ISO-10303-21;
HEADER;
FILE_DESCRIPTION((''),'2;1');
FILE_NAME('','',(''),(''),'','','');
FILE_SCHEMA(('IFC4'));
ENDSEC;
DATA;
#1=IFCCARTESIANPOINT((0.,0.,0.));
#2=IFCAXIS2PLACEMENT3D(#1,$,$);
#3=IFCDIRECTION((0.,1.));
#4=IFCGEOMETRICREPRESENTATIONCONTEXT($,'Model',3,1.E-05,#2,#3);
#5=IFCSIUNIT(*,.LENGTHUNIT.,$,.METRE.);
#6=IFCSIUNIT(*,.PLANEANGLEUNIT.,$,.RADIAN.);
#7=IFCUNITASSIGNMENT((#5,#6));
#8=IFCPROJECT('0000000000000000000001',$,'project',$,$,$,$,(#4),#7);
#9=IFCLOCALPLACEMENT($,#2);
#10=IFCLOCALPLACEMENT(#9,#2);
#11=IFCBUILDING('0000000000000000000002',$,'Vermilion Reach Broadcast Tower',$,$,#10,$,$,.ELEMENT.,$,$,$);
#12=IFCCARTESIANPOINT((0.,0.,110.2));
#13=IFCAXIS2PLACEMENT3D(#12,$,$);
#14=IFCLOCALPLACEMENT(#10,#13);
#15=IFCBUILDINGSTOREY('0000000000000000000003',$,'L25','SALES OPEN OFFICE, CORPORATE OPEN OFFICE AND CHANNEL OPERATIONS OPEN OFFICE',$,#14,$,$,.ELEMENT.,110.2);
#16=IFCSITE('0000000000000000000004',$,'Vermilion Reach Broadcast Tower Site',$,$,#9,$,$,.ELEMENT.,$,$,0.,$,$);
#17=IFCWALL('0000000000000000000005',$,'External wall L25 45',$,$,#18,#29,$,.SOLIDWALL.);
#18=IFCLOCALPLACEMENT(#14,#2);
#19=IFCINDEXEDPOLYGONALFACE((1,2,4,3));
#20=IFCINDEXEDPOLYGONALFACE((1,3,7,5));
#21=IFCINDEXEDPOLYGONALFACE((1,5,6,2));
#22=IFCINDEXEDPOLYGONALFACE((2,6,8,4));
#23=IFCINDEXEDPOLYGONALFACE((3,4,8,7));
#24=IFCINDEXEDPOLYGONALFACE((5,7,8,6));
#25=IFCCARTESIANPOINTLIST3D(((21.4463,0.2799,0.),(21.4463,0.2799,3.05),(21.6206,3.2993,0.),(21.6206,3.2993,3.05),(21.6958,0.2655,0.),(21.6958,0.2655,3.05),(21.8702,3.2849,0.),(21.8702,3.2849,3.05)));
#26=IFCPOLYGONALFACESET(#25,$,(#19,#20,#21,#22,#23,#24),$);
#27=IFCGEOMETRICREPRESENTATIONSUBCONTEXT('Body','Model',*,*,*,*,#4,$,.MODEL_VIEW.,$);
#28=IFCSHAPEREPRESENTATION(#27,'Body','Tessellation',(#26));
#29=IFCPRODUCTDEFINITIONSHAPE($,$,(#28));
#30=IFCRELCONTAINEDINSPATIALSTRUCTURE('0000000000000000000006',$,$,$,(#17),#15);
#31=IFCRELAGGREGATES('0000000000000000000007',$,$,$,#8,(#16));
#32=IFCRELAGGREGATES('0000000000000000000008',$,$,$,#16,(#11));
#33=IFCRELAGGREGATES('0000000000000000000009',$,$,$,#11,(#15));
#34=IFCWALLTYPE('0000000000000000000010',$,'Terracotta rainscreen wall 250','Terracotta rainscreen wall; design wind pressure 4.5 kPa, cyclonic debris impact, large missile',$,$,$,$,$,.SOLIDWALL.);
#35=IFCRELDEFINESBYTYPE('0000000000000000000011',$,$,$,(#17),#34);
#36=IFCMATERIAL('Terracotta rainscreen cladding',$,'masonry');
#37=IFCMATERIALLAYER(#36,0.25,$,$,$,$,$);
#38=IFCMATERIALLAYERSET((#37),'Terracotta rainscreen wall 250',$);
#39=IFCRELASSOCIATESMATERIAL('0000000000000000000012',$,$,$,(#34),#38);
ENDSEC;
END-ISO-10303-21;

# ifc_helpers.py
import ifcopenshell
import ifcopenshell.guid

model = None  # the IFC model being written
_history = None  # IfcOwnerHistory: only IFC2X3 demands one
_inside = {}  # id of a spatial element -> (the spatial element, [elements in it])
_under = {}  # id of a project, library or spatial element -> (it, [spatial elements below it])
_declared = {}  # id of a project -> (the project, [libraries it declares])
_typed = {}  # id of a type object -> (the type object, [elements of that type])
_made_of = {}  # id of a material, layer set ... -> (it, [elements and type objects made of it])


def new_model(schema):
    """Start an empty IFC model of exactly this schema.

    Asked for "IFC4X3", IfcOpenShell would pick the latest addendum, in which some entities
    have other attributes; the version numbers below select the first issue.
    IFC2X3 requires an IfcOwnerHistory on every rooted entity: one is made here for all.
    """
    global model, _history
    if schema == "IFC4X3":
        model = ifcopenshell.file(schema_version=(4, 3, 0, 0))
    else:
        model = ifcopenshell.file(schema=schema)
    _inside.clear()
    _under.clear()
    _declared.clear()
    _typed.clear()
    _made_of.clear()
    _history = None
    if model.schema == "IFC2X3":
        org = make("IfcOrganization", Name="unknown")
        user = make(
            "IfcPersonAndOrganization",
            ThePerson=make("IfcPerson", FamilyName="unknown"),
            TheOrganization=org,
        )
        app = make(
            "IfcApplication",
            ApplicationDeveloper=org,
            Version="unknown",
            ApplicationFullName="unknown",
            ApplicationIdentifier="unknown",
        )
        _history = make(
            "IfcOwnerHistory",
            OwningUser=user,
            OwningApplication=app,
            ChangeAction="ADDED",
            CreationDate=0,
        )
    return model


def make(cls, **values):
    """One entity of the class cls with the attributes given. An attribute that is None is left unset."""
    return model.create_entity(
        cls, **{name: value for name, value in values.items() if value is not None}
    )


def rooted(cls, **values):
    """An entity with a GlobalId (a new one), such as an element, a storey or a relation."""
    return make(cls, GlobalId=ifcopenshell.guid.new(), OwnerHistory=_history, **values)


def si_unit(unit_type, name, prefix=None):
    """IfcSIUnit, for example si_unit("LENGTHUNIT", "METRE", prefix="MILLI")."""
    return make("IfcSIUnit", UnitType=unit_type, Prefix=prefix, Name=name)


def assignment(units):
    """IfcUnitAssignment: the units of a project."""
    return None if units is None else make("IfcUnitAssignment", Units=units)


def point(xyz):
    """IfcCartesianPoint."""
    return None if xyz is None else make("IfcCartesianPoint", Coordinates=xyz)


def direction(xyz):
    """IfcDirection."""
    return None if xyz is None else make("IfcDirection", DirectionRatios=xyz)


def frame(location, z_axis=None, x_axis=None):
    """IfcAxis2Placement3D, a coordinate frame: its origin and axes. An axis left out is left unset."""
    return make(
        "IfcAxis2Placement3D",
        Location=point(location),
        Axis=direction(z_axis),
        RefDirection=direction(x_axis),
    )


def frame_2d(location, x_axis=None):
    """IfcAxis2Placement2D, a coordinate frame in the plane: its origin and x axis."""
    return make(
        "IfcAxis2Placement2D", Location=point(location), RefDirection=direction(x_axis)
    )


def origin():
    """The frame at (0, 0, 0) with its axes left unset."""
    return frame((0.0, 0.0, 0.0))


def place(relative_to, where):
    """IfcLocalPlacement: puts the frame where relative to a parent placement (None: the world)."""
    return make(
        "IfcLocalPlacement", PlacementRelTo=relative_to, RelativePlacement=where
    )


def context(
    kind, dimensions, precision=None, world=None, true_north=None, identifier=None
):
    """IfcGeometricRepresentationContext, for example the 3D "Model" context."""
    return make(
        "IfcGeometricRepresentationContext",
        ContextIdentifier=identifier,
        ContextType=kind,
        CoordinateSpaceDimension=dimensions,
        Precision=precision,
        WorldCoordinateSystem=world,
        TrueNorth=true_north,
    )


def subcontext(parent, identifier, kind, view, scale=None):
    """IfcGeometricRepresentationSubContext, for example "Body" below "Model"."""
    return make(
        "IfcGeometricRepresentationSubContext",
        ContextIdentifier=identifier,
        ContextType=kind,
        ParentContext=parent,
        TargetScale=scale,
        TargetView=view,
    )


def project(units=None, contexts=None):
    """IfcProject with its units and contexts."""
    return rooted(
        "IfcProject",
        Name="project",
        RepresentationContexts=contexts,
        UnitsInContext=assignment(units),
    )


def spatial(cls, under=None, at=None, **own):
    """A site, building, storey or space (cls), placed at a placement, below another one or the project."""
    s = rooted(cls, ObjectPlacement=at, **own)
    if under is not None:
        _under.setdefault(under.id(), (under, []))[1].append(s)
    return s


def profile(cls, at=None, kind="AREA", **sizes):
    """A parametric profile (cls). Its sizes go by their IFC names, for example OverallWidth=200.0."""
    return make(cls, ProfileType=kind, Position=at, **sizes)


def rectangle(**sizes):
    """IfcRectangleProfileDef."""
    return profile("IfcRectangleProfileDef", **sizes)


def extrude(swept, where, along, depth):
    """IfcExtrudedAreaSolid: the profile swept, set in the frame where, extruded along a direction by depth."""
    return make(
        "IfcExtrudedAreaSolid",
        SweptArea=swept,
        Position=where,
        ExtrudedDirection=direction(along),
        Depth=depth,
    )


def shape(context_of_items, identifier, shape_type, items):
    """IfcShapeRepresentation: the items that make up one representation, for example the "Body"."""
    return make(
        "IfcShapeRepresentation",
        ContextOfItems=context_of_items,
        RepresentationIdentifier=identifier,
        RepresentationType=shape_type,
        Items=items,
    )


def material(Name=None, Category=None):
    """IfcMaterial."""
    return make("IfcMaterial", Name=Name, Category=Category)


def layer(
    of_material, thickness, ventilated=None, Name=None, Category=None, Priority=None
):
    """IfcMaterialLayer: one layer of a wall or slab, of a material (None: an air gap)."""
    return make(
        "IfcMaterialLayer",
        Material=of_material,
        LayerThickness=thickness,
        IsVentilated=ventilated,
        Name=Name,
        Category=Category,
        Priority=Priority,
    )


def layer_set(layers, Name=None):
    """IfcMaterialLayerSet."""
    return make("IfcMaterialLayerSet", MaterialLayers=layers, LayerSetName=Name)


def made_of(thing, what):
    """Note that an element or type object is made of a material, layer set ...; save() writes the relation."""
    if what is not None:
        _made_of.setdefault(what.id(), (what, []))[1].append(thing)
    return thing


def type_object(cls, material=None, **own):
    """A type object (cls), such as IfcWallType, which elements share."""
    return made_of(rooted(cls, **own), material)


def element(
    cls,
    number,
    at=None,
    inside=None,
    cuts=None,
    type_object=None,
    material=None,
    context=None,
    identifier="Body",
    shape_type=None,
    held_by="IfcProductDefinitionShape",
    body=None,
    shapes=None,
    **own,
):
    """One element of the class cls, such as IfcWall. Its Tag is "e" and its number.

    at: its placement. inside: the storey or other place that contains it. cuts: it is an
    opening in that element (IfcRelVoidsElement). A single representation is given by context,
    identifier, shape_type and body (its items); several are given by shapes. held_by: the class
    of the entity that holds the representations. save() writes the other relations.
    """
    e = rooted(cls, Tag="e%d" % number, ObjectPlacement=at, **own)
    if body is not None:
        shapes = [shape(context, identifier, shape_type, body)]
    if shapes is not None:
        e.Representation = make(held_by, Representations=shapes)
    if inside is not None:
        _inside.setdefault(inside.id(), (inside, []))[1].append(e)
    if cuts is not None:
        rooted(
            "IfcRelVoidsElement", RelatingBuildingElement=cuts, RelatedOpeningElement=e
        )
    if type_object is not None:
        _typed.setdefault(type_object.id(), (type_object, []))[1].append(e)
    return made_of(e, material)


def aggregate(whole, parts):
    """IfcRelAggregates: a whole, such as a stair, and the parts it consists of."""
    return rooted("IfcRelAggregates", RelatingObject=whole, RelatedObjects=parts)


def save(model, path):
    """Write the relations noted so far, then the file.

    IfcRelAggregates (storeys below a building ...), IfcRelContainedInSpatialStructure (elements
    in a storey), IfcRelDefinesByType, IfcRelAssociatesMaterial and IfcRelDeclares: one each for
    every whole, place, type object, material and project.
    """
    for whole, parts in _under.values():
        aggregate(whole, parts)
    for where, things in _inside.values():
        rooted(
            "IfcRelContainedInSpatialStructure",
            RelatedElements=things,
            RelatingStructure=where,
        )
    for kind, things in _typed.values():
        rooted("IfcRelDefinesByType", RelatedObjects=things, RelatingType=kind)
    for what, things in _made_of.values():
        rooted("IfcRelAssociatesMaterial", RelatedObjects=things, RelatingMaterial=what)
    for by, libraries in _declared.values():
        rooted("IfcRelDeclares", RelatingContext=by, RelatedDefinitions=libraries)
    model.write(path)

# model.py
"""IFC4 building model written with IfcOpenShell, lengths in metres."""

from ifc_helpers import new_model, si_unit, direction, frame, frame_2d, origin, place, context, subcontext, project, spatial, rectangle, extrude, material, layer, layer_set, type_object, element, save


model = new_model("IFC4")

# Units and contexts
model_context = context("Model", 3, precision=1e-05, world=origin(), true_north=direction((0.0, 1.0)))
body_context = subcontext(model_context, "Body", "Model", "MODEL_VIEW")
ifc_project = project(units=[si_unit("LENGTHUNIT", "METRE"), si_unit("PLANEANGLEUNIT", "RADIAN")], contexts=[model_context])

# Site, building, storey
site_placement = place(None, origin())
site = spatial("IfcSite", under=ifc_project, at=site_placement, Name="Vermilion Reach Broadcast Tower Site", CompositionType="ELEMENT", RefElevation=0.0)
building_placement = place(site_placement, origin())
building = spatial("IfcBuilding", under=site, at=building_placement, Name="Vermilion Reach Broadcast Tower", CompositionType="ELEMENT")
storey_placement = place(building_placement, frame((0.0, 0.0, 110.2)))
storey = spatial("IfcBuildingStorey", under=building, at=storey_placement, Name="L25", Description="SALES OPEN OFFICE, CORPORATE OPEN OFFICE AND CHANNEL OPERATIONS OPEN OFFICE", CompositionType="ELEMENT", Elevation=110.2)

# Wall
ifc_material_1 = material(Name="Terracotta rainscreen cladding", Category="masonry")
ifc_layer_1 = layer(ifc_material_1, 0.25)
ifc_layer_set_1 = layer_set([ifc_layer_1], Name="Terracotta rainscreen wall 250")
wall_type_1 = type_object("IfcWallType", Name="Terracotta rainscreen wall 250", Description="Terracotta rainscreen wall; design wind pressure 4.5 kPa, cyclonic debris impact, large missile", PredefinedType="SOLIDWALL", material=ifc_layer_set_1)
wall_1_placement = place(storey_placement, frame((21.571, 0.2727, 0.0), z_axis=(0.0, 0.0, 1.0), x_axis=(0.057638, 0.998338, 0.0)))
element("IfcWall", 1, at=wall_1_placement, inside=storey, type_object=wall_type_1, Name="External wall L25 45", PredefinedType="SOLIDWALL", context=body_context, shape_type="SweptSolid", body=[
    extrude(rectangle(XDim=3.0244, YDim=0.25, at=frame_2d((1.5122, 0.0))), origin(), (0.0, 0.0, 1.0), 3.05),
])

save(model, "model.ifc")
